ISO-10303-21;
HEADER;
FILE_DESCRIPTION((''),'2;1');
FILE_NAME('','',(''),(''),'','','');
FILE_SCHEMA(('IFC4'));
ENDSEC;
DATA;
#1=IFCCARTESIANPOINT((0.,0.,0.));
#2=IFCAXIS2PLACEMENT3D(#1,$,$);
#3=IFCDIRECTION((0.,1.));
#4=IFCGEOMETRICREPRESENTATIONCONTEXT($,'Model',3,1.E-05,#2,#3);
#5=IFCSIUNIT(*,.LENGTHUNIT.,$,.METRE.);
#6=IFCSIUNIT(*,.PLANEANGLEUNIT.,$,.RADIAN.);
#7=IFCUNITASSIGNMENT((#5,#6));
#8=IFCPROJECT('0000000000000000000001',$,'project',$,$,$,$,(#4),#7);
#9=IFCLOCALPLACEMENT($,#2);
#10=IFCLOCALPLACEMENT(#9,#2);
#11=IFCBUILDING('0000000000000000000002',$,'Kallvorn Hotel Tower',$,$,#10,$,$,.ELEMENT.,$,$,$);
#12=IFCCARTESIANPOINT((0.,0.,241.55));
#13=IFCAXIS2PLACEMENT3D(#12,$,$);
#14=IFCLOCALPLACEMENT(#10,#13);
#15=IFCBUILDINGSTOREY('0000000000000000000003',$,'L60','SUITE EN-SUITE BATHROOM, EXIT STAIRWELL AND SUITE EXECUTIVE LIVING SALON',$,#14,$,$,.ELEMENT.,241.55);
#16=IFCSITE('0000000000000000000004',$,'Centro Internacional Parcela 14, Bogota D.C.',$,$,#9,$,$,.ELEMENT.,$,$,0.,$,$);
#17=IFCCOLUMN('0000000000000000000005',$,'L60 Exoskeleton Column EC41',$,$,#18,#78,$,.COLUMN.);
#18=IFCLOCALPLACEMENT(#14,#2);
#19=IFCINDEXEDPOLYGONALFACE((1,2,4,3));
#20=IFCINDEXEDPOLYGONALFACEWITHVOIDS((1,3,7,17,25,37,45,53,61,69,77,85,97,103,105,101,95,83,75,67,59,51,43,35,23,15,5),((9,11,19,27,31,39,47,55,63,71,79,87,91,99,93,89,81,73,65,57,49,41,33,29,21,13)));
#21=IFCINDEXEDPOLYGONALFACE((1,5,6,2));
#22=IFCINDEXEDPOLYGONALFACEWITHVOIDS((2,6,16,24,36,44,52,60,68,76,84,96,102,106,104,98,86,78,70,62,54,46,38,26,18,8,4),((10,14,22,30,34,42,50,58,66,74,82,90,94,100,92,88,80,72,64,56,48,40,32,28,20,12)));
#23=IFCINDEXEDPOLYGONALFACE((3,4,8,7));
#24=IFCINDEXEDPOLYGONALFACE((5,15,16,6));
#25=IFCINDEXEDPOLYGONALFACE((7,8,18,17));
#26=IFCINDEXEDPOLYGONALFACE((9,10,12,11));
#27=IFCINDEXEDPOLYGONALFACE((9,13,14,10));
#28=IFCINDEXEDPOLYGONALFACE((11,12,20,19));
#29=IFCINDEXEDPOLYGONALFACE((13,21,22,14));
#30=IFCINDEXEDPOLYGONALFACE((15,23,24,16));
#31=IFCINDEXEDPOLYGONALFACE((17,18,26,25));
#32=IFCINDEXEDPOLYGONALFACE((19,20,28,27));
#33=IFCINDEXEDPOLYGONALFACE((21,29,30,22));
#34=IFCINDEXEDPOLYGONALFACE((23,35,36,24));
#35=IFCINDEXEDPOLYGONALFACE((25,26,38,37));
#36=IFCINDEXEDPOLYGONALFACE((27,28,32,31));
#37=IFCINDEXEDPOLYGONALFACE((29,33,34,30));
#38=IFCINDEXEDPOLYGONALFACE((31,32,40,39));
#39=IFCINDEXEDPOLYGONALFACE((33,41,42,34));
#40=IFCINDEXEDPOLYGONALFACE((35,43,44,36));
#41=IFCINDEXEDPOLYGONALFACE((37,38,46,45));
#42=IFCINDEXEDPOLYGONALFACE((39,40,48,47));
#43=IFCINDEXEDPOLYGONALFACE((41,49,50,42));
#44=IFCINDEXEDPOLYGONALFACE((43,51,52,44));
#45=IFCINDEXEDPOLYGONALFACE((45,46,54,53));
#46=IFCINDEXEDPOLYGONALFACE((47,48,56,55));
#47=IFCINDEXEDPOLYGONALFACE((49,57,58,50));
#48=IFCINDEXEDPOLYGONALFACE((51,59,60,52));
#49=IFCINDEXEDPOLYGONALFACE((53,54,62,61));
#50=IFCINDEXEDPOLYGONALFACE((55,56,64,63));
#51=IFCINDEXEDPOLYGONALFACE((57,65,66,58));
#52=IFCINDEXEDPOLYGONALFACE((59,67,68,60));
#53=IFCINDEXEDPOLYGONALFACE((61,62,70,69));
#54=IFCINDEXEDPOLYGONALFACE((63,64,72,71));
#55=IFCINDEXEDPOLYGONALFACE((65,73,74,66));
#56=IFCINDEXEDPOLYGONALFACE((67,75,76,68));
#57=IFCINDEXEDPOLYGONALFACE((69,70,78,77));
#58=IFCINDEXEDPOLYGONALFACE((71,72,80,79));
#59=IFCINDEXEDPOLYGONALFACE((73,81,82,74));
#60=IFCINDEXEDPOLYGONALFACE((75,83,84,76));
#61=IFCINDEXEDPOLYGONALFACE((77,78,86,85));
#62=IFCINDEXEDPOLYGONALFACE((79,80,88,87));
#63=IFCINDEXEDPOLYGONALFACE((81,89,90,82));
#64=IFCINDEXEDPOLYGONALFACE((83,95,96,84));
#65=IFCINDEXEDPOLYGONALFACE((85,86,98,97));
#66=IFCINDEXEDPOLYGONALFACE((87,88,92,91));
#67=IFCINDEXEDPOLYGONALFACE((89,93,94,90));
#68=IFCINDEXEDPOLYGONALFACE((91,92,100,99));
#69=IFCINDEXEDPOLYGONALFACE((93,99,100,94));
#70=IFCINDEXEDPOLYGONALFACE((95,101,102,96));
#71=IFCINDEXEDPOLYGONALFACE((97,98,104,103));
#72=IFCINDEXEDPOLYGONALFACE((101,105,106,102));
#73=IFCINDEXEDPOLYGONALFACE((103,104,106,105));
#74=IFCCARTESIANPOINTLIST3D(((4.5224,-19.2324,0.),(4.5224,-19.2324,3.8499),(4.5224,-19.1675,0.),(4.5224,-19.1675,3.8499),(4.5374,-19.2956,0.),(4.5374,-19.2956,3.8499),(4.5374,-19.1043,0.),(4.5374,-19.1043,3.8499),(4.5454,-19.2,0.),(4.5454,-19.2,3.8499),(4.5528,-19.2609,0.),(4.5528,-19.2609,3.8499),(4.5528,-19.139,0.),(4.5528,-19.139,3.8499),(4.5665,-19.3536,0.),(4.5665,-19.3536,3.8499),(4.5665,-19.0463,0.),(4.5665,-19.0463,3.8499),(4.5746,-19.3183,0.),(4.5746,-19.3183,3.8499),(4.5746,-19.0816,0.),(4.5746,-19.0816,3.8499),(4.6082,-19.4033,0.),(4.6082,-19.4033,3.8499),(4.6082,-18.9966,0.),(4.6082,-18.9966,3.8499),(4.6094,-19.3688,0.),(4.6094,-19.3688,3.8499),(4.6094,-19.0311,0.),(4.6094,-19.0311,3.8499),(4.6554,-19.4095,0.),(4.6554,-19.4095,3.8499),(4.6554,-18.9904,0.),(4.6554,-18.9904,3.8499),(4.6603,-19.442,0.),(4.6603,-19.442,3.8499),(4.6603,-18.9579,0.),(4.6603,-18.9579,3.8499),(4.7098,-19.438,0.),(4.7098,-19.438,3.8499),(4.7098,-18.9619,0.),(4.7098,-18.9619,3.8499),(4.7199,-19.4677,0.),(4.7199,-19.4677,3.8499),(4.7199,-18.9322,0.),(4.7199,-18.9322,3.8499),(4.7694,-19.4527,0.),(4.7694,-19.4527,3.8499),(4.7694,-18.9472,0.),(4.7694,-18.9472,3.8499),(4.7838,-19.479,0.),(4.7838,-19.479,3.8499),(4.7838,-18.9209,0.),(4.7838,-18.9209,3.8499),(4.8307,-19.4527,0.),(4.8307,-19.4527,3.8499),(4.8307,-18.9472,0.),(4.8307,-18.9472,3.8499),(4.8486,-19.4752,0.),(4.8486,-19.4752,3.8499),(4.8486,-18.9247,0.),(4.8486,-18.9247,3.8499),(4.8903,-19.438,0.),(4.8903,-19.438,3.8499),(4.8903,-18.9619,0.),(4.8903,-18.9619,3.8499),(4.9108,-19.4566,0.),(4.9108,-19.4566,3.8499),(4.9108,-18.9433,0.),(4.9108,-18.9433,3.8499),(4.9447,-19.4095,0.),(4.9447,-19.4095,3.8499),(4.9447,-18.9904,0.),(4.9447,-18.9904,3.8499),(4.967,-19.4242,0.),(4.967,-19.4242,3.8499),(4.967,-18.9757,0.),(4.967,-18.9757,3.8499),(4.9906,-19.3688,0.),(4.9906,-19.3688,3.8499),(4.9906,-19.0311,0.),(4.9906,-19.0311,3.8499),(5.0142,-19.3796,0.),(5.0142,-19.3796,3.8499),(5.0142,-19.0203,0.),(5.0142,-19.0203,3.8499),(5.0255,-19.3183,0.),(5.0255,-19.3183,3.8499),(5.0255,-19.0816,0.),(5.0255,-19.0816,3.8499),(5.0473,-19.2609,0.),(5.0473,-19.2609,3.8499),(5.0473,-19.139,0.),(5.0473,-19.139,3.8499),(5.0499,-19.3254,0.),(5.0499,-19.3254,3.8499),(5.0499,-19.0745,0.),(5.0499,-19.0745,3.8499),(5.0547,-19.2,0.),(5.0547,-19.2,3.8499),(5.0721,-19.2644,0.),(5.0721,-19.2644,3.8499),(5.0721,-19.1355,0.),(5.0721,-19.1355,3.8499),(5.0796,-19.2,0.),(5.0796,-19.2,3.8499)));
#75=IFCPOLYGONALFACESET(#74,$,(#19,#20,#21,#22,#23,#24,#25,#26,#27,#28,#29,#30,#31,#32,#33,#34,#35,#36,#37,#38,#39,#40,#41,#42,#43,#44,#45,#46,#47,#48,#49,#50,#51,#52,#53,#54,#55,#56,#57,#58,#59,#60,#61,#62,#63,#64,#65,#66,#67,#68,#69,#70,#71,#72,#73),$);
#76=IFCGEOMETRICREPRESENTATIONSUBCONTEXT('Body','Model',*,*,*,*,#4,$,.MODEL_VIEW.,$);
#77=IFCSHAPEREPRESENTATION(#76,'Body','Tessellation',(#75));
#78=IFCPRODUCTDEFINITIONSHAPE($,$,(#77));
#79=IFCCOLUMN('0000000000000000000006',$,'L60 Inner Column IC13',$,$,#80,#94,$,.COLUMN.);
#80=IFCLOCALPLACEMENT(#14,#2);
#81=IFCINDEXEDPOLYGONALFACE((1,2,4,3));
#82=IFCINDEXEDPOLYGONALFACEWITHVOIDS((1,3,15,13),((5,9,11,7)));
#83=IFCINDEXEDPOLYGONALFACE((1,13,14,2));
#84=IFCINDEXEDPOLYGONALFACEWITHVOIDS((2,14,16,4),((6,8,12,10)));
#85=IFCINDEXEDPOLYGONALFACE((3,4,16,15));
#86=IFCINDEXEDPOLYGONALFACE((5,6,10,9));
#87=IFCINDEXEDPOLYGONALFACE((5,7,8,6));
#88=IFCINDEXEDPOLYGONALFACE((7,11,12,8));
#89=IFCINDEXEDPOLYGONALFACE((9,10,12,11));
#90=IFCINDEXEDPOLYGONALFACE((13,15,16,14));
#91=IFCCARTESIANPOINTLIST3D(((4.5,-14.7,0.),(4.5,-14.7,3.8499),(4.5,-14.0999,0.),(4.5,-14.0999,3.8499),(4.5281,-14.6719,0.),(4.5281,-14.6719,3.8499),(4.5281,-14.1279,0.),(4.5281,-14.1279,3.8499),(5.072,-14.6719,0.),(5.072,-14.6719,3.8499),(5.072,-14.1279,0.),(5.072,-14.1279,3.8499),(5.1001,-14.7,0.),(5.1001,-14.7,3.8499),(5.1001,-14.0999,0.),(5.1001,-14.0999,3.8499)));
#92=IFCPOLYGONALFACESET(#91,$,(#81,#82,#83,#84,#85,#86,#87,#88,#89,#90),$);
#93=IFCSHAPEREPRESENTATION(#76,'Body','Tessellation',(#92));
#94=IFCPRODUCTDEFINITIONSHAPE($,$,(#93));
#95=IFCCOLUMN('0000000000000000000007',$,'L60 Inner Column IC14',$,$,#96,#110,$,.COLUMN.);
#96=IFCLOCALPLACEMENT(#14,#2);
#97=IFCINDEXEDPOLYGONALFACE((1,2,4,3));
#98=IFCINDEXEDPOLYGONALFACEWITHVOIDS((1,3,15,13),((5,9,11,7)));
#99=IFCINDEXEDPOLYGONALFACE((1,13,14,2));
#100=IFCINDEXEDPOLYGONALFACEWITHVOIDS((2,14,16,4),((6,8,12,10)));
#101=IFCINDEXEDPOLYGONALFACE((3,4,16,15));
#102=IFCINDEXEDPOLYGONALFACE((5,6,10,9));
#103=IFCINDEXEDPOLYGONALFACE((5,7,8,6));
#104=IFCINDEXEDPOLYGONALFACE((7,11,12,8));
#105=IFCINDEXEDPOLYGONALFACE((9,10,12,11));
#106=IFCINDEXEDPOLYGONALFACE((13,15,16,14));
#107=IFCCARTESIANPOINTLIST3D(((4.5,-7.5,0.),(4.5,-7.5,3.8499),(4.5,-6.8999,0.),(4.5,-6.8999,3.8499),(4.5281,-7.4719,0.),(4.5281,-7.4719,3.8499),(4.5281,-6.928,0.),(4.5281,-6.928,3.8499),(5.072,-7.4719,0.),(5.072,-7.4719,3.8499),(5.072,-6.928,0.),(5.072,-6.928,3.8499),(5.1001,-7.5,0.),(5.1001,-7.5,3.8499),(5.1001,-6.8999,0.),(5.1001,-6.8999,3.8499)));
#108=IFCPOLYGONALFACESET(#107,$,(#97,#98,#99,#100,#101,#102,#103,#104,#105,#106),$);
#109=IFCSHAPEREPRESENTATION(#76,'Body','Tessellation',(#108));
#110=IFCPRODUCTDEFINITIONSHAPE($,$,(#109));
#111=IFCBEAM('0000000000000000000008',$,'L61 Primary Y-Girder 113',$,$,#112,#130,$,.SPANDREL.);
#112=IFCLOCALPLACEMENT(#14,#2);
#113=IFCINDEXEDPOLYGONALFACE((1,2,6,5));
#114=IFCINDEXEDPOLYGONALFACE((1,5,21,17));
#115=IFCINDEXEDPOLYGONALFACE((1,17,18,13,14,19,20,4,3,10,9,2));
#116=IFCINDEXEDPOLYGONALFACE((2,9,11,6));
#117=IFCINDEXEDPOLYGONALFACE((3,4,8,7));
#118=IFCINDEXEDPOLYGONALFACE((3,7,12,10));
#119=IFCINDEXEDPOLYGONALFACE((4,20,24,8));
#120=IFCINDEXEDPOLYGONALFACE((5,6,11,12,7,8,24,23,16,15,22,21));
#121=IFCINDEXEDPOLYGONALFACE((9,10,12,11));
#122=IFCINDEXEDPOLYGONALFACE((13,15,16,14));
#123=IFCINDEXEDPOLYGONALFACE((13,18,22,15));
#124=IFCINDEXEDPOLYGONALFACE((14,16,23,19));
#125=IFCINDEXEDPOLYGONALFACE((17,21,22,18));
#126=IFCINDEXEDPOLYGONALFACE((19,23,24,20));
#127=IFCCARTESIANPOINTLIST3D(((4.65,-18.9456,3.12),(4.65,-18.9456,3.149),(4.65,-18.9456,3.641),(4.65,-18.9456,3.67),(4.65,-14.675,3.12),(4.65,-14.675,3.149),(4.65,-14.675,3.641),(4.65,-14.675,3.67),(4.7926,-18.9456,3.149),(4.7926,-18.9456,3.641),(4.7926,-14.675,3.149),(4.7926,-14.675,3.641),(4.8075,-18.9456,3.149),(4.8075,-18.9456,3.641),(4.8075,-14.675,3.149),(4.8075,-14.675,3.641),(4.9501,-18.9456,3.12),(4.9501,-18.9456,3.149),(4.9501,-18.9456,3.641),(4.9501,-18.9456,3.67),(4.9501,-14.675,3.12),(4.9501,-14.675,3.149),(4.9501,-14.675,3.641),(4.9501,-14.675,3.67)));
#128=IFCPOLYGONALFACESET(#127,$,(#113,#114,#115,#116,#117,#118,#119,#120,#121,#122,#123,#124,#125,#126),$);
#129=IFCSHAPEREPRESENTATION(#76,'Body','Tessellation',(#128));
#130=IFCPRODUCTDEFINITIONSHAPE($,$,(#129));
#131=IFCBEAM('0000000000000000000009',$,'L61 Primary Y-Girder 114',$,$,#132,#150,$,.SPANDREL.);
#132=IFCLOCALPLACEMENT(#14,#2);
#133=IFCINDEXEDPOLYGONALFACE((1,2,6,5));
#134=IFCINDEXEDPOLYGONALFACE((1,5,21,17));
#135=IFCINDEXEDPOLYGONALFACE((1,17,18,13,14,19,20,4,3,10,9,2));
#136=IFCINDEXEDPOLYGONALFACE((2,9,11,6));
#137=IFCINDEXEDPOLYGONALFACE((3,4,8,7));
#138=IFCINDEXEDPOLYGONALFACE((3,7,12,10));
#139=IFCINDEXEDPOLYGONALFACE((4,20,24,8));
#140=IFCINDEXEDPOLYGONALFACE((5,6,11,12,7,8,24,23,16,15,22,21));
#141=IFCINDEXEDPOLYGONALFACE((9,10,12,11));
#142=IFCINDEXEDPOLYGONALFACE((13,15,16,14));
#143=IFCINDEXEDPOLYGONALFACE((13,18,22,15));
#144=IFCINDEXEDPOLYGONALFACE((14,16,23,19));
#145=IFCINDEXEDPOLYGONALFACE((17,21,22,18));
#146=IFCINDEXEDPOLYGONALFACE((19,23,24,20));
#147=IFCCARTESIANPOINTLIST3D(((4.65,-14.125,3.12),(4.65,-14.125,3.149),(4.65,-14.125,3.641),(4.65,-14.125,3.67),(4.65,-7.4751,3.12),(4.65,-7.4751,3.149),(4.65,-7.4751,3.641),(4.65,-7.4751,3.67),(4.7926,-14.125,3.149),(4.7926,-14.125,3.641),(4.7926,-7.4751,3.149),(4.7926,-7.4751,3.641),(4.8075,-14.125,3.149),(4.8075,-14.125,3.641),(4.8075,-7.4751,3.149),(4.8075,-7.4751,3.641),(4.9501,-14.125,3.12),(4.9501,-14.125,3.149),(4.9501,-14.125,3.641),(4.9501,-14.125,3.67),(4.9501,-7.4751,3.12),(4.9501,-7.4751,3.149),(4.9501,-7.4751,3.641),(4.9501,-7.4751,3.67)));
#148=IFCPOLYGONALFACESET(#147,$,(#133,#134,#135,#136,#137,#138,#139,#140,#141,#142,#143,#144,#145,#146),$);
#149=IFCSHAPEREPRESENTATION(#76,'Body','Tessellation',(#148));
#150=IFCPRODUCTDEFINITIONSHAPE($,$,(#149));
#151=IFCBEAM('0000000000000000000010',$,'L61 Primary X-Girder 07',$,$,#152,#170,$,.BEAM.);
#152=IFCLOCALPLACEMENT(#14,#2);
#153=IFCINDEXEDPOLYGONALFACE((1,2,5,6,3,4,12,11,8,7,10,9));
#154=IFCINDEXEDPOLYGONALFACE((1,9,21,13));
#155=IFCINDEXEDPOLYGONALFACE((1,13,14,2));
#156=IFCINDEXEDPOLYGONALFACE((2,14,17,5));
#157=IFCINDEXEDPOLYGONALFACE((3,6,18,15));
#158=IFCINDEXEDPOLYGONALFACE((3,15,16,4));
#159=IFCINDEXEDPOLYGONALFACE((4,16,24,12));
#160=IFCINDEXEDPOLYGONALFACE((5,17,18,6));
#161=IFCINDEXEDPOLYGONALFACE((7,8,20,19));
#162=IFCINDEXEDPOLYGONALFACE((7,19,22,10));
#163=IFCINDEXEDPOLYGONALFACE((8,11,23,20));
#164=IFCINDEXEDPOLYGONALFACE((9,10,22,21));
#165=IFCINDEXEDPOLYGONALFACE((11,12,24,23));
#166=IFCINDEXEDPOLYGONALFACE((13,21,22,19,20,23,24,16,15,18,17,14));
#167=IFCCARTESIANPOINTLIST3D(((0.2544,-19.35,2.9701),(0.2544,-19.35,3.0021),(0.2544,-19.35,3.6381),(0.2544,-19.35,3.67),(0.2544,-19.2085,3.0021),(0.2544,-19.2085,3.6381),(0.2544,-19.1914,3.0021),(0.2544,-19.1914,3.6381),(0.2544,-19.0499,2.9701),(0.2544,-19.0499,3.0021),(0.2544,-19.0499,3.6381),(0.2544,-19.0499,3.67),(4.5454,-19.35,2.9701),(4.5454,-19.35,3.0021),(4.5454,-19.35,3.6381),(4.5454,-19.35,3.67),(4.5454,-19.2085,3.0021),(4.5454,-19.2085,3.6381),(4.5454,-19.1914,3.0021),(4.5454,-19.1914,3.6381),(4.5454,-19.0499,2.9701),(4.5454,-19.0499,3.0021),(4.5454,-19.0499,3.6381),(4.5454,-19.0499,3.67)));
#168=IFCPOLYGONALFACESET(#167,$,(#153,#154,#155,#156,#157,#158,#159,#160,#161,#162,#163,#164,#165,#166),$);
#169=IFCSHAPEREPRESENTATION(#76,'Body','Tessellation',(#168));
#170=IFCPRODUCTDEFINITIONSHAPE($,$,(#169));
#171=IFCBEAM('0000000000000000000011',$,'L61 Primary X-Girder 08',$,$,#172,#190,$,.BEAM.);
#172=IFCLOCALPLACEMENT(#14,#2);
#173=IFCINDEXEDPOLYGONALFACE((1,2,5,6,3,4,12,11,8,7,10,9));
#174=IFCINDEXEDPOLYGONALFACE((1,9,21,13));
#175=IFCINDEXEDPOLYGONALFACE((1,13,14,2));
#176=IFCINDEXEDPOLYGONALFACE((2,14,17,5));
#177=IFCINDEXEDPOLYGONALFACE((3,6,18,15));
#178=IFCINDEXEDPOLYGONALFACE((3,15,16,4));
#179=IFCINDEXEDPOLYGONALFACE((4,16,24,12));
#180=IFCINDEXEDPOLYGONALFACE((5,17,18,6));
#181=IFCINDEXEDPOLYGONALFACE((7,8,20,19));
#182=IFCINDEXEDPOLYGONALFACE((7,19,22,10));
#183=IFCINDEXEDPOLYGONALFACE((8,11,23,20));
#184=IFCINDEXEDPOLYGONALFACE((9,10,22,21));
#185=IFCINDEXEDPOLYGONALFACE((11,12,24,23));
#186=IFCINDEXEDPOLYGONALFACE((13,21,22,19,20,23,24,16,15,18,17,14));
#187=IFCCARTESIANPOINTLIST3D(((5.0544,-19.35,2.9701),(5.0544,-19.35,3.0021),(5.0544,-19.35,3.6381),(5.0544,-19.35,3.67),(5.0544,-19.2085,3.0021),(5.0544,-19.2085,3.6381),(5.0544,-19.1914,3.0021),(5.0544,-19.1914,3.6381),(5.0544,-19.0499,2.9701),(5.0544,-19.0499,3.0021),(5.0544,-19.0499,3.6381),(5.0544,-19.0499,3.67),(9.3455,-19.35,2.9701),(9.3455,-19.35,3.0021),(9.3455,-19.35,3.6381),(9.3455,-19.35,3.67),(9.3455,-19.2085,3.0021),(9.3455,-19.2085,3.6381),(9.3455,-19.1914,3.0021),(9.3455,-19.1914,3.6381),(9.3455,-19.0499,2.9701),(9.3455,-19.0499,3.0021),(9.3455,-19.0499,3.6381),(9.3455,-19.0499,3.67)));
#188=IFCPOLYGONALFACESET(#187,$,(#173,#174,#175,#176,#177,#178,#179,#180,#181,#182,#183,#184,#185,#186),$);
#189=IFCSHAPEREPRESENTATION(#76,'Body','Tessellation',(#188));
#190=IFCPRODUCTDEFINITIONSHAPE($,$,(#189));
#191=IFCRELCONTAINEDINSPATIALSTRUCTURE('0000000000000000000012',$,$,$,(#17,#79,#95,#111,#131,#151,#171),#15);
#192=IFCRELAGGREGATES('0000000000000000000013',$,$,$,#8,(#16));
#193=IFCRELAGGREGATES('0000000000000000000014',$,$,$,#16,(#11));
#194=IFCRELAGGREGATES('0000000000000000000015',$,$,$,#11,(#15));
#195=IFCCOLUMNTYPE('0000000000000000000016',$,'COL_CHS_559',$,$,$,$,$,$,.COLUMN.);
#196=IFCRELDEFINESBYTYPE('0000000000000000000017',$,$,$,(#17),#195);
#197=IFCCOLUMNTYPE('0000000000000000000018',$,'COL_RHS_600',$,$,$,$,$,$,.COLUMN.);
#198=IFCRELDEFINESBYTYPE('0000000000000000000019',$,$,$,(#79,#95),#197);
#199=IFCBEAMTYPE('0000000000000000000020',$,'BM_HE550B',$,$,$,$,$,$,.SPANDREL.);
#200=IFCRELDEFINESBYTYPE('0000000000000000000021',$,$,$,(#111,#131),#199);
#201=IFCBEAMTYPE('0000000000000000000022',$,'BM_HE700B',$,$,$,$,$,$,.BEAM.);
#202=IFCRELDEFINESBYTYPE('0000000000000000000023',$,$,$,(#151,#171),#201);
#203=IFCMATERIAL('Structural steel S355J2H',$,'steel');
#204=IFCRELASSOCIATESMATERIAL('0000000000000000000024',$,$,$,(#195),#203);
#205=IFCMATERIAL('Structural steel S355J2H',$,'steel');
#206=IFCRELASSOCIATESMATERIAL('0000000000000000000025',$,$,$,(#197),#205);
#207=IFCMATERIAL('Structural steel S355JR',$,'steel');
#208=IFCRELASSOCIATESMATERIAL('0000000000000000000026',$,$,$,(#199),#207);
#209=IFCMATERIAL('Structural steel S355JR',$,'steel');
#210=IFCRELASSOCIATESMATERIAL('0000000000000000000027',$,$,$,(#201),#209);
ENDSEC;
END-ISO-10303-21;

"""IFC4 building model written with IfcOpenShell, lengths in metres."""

from ifc_helpers import new_model, si_unit, direction, frame, origin, origin_2d, place, context, subcontext, project, spatial, hollow_rectangle, hollow_circle, i_section, extrude, material, material_profile, profile_set, type_object, element, save


model = new_model("IFC4")

# Units and contexts
model_context = context("Model", 3, precision=1e-05, world=origin(), true_north=direction((0.0, 1.0)))
body_context = subcontext(model_context, "Body", "Model", "MODEL_VIEW")
ifc_project = project(units=[si_unit("LENGTHUNIT", "METRE"), si_unit("PLANEANGLEUNIT", "RADIAN")], contexts=[model_context])

# Site, building, storey
site_placement = place(None, origin())
site = spatial("IfcSite", under=ifc_project, at=site_placement, Name="Centro Internacional Parcela 14, Bogota D.C.", CompositionType="ELEMENT", RefElevation=0.0)
building_placement = place(site_placement, origin())
building = spatial("IfcBuilding", under=site, at=building_placement, Name="Kallvorn Hotel Tower", CompositionType="ELEMENT")
storey_placement = place(building_placement, frame((0.0, 0.0, 241.55)))
storey = spatial("IfcBuildingStorey", under=building, at=storey_placement, Name="L60", Description="SUITE EN-SUITE BATHROOM, EXIT STAIRWELL AND SUITE EXECUTIVE LIVING SALON", CompositionType="ELEMENT", Elevation=241.55)

# Columns
ifc_material_1 = material(Name="Structural steel S355J2H", Category="steel")
ifc_material_profile_1 = material_profile(ifc_material_1, hollow_circle(Radius=0.2795, WallThickness=0.0249, at=origin_2d()), Name="CHS 559x25")
ifc_profile_set_1 = profile_set([ifc_material_profile_1], Name="Structural steel S355J2H")
column_type_1 = type_object("IfcColumnType", Name="COL_CHS_559", PredefinedType="COLUMN", material=ifc_profile_set_1)
column_placement = place(storey_placement, frame((4.8, -19.2, 0.0), z_axis=(0.0, 0.0, 1.0), x_axis=(1.0, 0.0, 0.0)))
element("IfcColumn", 1, at=column_placement, inside=storey, type_object=column_type_1, Name="L60 Exoskeleton Column EC41", PredefinedType="COLUMN", context=body_context, shape_type="SweptSolid", body=[
    extrude(hollow_circle(Radius=0.2795, WallThickness=0.0249, at=origin_2d()), origin(), (0.0, 0.0, 1.0), 3.8499),
])
ifc_material_2 = material(Name="Structural steel S355J2H", Category="steel")
ifc_material_profile_2 = material_profile(ifc_material_2, hollow_rectangle(XDim=0.6001, YDim=0.6001, WallThickness=0.0281, at=origin_2d()), Name="RHS 600x600x28")
ifc_profile_set_2 = profile_set([ifc_material_profile_2], Name="Structural steel S355J2H")
column_type_2 = type_object("IfcColumnType", Name="COL_RHS_600", PredefinedType="COLUMN", material=ifc_profile_set_2)
for number, where, z_axis, x_axis, name in (
    (2, (4.8, -14.3999, 0.0), (0.0, 0.0, 1.0), (1.0, 0.0, 0.0), "L60 Inner Column IC13"),
    (3, (4.8, -7.2, 0.0), (0.0, 0.0, 1.0), (1.0, 0.0, 0.0), "L60 Inner Column IC14"),
):
    element("IfcColumn", number, at=place(storey_placement, frame(where, z_axis=z_axis, x_axis=x_axis)), inside=storey, type_object=column_type_2, Name=name, PredefinedType="COLUMN", context=body_context, shape_type="SweptSolid", body=[
        extrude(hollow_rectangle(XDim=0.6001, YDim=0.6001, WallThickness=0.0281, at=origin_2d()), origin(), (0.0, 0.0, 1.0), 3.8499),
    ])

# Beams
ifc_material_3 = material(Name="Structural steel S355JR", Category="steel")
ifc_material_profile_3 = material_profile(ifc_material_3, i_section(OverallWidth=0.3, OverallDepth=0.55, WebThickness=0.0149, FlangeThickness=0.0291, at=origin_2d()), Name="HE 550 B")
ifc_profile_set_3 = profile_set([ifc_material_profile_3], Name="Structural steel S355JR")
beam_type_1 = type_object("IfcBeamType", Name="BM_HE550B", PredefinedType="SPANDREL", material=ifc_profile_set_3)
beam_1_placement = place(storey_placement, frame((4.8, -18.9456, 3.395), z_axis=(0.0, 1.0, 0.0), x_axis=(-1.0, 0.0, 0.0)))
element("IfcBeam", 4, at=beam_1_placement, inside=storey, type_object=beam_type_1, Name="L61 Primary Y-Girder 113", PredefinedType="SPANDREL", context=body_context, shape_type="SweptSolid", body=[
    extrude(i_section(OverallWidth=0.3, OverallDepth=0.55, WebThickness=0.0149, FlangeThickness=0.0291, at=origin_2d()), origin(), (0.0, 0.0, 1.0), 4.2705),
])
beam_2_placement = place(storey_placement, frame((4.8, -14.125, 3.395), z_axis=(0.0, 1.0, 0.0), x_axis=(-1.0, 0.0, 0.0)))
element("IfcBeam", 5, at=beam_2_placement, inside=storey, type_object=beam_type_1, Name="L61 Primary Y-Girder 114", PredefinedType="SPANDREL", context=body_context, shape_type="SweptSolid", body=[
    extrude(i_section(OverallWidth=0.3, OverallDepth=0.55, WebThickness=0.0149, FlangeThickness=0.0291, at=origin_2d()), origin(), (0.0, 0.0, 1.0), 6.6499),
])
ifc_material_4 = material(Name="Structural steel S355JR", Category="steel")
ifc_material_profile_4 = material_profile(ifc_material_4, i_section(OverallWidth=0.3, OverallDepth=0.7, WebThickness=0.0171, FlangeThickness=0.032, at=origin_2d()), Name="HE 700 B")
ifc_profile_set_4 = profile_set([ifc_material_profile_4], Name="Structural steel S355JR")
beam_type_2 = type_object("IfcBeamType", Name="BM_HE700B", PredefinedType="BEAM", material=ifc_profile_set_4)
for number, where, z_axis, x_axis, name in (
    (6, (0.2544, -19.2, 3.3201), (1.0, 0.0, 0.0), (0.0, 1.0, 0.0), "L61 Primary X-Girder 07"),
    (7, (5.0544, -19.2, 3.3201), (1.0, 0.0, 0.0), (0.0, 1.0, 0.0), "L61 Primary X-Girder 08"),
):
    element("IfcBeam", number, at=place(storey_placement, frame(where, z_axis=z_axis, x_axis=x_axis)), inside=storey, type_object=beam_type_2, Name=name, PredefinedType="BEAM", context=body_context, shape_type="SweptSolid", body=[
        extrude(i_section(OverallWidth=0.3, OverallDepth=0.7, WebThickness=0.0171, FlangeThickness=0.032, at=origin_2d()), origin(), (0.0, 0.0, 1.0), 4.291),
    ])

save(model, "model.ifc")
